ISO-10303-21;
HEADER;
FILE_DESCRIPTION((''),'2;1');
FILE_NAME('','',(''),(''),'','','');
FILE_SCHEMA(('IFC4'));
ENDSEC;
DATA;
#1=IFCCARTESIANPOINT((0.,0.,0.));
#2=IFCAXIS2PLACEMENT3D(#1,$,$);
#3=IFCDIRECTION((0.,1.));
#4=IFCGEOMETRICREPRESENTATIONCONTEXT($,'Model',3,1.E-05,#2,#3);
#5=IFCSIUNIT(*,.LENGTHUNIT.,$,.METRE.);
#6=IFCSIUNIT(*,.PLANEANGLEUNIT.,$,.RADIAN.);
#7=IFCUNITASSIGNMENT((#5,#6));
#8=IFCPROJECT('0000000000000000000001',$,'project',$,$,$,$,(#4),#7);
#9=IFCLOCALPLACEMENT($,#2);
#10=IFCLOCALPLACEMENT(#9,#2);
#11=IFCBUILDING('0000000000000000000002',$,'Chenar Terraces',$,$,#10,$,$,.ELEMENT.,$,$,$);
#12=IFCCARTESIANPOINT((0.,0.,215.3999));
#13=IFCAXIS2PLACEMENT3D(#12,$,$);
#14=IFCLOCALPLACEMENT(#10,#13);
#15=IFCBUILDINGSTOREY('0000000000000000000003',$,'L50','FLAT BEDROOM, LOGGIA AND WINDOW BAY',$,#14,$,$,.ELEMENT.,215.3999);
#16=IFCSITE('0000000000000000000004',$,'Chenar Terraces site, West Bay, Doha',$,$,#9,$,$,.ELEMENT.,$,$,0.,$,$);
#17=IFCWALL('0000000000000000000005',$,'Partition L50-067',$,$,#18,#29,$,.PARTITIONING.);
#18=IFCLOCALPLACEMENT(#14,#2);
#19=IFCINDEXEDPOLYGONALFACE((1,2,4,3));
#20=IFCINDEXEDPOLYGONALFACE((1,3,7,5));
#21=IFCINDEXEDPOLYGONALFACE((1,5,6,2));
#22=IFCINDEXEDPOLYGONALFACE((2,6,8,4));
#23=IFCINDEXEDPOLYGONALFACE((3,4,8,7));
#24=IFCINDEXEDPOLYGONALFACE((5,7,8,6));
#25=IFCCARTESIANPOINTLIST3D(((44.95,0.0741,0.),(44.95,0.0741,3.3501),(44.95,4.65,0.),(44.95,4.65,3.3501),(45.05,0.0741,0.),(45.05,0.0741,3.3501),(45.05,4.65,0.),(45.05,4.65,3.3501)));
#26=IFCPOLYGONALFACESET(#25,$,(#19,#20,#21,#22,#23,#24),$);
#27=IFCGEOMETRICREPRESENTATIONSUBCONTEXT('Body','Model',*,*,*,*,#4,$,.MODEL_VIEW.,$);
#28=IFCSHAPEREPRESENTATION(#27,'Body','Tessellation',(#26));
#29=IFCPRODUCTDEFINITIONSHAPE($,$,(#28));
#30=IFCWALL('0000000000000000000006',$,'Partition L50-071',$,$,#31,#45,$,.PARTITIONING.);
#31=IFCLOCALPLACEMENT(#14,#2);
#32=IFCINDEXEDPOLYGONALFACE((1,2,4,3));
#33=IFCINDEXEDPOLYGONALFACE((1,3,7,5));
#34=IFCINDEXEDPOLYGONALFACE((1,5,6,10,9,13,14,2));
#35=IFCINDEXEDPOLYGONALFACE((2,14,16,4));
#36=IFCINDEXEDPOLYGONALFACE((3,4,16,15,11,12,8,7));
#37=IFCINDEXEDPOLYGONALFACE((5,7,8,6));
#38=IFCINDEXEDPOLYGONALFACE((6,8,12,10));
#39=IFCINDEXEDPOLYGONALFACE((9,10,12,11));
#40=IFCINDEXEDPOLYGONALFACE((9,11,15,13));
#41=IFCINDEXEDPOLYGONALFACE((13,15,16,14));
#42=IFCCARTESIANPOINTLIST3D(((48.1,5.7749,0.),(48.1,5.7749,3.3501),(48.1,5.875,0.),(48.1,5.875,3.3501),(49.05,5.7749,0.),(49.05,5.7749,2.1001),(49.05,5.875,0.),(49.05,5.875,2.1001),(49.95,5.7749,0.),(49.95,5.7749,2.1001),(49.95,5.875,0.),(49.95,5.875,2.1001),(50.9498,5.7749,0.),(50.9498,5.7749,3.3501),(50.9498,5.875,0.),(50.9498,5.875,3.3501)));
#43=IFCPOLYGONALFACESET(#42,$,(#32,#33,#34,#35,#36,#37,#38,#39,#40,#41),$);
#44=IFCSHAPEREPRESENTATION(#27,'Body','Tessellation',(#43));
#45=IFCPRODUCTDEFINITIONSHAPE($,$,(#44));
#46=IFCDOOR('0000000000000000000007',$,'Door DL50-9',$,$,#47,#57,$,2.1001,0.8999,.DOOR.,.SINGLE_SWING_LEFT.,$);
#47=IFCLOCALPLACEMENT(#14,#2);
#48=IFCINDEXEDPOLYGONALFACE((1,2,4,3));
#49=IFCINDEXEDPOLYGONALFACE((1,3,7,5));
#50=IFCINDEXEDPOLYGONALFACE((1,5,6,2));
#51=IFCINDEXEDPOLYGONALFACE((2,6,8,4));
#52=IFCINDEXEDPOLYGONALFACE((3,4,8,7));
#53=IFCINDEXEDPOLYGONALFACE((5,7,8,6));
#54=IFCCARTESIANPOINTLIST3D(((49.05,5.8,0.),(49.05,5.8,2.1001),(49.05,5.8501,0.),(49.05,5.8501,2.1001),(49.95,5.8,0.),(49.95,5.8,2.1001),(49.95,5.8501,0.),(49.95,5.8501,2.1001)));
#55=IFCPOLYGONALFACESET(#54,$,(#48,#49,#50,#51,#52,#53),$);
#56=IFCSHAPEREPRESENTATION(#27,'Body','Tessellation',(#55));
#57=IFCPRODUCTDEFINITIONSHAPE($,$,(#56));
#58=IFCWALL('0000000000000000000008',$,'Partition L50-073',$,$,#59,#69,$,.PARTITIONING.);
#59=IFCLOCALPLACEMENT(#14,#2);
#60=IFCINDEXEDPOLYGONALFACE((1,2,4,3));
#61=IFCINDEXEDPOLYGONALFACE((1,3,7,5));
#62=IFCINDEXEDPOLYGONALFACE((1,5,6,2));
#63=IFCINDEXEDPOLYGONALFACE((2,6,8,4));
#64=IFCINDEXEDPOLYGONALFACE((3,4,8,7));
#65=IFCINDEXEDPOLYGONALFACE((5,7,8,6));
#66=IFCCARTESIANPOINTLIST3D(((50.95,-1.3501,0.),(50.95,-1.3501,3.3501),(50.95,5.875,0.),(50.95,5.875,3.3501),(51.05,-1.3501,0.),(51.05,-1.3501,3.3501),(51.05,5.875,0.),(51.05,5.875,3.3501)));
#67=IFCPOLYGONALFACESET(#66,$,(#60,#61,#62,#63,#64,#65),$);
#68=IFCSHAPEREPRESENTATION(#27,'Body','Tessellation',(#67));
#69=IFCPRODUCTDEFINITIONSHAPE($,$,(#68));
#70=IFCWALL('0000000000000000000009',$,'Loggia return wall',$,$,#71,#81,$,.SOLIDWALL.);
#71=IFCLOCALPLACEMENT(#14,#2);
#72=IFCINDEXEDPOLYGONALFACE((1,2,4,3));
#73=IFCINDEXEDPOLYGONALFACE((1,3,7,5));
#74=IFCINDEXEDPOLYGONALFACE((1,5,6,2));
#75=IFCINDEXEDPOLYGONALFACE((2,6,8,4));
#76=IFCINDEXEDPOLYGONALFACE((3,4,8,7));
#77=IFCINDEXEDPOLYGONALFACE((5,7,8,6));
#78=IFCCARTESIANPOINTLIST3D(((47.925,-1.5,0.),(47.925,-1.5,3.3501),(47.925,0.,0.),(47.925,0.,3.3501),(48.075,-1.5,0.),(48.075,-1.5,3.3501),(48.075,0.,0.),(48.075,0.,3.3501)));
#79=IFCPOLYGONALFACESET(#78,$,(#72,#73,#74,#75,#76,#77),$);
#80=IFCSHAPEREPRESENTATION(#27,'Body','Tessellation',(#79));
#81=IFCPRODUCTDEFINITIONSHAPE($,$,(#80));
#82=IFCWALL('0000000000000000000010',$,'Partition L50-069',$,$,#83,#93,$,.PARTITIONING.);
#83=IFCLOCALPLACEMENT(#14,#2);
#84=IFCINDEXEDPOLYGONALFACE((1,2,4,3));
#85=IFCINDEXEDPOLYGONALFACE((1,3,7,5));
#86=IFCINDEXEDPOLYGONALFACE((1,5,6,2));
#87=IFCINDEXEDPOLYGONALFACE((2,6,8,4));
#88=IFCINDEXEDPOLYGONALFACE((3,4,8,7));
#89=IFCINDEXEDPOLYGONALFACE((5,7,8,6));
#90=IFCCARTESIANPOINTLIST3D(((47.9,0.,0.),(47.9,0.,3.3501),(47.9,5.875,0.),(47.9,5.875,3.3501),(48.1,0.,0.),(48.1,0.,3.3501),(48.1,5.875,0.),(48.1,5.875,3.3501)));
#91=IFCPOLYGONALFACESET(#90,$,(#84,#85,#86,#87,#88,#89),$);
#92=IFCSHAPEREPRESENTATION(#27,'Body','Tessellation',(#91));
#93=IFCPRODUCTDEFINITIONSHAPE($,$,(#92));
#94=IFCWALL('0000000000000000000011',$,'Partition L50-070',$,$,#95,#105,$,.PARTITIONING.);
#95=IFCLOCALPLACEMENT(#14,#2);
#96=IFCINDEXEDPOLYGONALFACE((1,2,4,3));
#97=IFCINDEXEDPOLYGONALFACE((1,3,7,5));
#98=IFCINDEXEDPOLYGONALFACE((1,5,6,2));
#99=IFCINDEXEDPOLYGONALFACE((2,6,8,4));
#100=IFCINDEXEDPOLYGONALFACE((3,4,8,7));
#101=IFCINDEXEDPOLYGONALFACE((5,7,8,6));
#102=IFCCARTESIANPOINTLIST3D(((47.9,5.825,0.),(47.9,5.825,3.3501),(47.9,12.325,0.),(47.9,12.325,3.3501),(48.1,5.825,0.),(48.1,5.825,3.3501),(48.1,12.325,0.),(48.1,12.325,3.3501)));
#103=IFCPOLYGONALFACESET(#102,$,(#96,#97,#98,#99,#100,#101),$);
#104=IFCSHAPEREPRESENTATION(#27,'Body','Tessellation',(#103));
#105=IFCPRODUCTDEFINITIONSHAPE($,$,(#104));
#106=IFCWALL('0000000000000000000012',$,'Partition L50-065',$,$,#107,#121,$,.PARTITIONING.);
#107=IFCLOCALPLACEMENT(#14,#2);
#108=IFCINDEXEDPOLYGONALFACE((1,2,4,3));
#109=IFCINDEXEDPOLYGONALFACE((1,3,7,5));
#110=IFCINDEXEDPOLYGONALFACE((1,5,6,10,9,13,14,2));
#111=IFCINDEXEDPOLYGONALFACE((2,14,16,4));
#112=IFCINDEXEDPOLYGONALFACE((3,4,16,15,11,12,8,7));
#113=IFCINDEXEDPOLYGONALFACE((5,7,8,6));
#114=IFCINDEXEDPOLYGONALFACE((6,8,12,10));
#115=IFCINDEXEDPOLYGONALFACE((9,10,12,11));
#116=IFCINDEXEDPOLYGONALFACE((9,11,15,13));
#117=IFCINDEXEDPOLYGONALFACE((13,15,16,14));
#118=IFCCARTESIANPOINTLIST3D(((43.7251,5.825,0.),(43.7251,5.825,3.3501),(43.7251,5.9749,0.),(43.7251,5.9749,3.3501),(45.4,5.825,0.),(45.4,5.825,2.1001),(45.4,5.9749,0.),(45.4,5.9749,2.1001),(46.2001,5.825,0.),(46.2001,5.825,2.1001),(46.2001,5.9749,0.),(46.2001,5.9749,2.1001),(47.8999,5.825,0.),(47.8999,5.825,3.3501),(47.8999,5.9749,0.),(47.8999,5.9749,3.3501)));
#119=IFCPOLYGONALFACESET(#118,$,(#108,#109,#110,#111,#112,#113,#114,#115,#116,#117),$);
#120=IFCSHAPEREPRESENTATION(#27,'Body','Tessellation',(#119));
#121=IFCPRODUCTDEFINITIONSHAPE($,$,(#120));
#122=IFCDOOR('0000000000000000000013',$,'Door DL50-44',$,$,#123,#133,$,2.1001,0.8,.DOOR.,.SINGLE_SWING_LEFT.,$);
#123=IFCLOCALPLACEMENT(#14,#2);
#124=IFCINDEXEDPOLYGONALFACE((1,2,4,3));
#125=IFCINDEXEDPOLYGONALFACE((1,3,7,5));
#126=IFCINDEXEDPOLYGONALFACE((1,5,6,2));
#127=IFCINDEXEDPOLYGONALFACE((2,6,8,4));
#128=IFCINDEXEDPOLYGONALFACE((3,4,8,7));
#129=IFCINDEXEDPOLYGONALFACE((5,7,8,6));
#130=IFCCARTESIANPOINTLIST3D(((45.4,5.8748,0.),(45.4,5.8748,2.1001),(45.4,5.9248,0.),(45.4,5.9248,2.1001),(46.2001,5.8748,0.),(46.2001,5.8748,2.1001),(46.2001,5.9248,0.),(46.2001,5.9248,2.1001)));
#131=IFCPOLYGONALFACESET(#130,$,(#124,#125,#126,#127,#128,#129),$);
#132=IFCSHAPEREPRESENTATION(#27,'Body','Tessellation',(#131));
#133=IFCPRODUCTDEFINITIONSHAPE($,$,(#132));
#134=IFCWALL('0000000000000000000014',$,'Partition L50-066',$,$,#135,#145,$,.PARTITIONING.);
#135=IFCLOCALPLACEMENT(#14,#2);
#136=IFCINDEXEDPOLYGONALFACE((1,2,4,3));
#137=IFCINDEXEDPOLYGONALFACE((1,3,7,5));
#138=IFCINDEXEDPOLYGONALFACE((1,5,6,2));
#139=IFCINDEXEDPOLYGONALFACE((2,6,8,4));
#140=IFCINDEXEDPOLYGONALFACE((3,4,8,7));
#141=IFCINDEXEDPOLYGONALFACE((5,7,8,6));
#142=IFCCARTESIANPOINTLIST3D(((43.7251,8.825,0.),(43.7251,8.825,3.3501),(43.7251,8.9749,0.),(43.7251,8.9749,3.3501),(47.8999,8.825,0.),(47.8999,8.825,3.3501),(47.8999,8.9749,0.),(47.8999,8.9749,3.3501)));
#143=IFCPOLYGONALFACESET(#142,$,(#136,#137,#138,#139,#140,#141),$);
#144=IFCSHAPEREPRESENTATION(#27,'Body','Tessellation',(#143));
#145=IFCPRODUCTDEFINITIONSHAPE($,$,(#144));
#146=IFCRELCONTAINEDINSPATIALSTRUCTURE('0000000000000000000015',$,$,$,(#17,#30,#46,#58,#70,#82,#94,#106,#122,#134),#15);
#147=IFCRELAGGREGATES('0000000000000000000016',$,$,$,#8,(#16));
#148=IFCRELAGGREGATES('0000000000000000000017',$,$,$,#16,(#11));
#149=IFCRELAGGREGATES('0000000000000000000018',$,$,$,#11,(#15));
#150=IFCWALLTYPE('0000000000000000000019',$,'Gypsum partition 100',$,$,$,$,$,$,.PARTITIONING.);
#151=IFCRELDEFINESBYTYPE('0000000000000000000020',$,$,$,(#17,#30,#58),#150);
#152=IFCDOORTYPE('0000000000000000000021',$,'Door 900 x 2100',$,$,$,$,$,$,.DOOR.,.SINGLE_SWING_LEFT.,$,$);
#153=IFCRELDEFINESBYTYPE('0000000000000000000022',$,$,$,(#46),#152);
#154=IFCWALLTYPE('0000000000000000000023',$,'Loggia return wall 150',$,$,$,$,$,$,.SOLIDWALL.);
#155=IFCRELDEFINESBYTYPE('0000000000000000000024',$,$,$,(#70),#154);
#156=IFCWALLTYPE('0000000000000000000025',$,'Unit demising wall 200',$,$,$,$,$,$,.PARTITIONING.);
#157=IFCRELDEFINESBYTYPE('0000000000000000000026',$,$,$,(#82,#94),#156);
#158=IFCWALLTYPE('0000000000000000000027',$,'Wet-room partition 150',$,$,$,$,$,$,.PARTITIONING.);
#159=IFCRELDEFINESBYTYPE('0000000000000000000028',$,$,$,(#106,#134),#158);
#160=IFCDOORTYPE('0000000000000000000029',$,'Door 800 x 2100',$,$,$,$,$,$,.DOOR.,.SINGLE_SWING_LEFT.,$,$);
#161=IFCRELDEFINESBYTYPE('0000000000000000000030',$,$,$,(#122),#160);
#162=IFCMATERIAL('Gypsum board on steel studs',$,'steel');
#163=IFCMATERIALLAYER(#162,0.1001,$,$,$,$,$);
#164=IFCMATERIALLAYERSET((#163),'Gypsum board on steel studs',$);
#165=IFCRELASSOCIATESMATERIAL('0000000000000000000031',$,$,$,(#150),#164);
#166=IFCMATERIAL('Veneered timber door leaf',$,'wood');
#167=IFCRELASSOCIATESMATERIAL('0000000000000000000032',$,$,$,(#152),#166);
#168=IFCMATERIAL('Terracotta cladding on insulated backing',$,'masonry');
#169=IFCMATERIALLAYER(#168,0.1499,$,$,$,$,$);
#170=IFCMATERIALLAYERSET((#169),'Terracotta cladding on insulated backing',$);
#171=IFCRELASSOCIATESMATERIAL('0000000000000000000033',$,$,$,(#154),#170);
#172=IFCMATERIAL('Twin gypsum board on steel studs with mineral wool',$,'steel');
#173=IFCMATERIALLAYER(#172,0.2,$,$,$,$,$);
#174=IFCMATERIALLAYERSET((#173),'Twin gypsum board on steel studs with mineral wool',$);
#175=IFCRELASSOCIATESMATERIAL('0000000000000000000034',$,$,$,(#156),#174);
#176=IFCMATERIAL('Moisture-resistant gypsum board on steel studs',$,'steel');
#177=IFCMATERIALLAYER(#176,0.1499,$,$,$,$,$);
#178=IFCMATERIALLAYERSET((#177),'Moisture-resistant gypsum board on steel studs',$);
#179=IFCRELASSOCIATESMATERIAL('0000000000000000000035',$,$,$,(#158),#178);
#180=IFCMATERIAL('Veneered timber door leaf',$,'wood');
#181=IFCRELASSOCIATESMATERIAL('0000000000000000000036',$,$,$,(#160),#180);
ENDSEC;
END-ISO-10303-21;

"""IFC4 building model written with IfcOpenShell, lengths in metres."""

from ifc_helpers import new_model, si_unit, direction, frame, frame_2d, origin, place, context, subcontext, project, spatial, rectangle, extrude, material, layer, layer_set, type_object, element, fill, save


model = new_model("IFC4")

# Units and contexts
model_context = context("Model", 3, precision=1e-05, world=origin(), true_north=direction((0.0, 1.0)))
body_context = subcontext(model_context, "Body", "Model", "MODEL_VIEW")
ifc_project = project(units=[si_unit("LENGTHUNIT", "METRE"), si_unit("PLANEANGLEUNIT", "RADIAN")], contexts=[model_context])

# Site, building, storey
site_placement = place(None, origin())
site = spatial("IfcSite", under=ifc_project, at=site_placement, Name="Chenar Terraces site, West Bay, Doha", CompositionType="ELEMENT", RefElevation=0.0)
building_placement = place(site_placement, origin())
building = spatial("IfcBuilding", under=site, at=building_placement, Name="Chenar Terraces", CompositionType="ELEMENT")
storey_placement = place(building_placement, frame((0.0, 0.0, 215.3999)))
storey = spatial("IfcBuildingStorey", under=building, at=storey_placement, Name="L50", Description="FLAT BEDROOM, LOGGIA AND WINDOW BAY", CompositionType="ELEMENT", Elevation=215.3999)

# Wall
ifc_material_1 = material(Name="Gypsum board on steel studs", Category="steel")
ifc_layer_1 = layer(ifc_material_1, 0.1001)
ifc_layer_set_1 = layer_set([ifc_layer_1], Name="Gypsum board on steel studs")
wall_type_1 = type_object("IfcWallType", Name="Gypsum partition 100", PredefinedType="PARTITIONING", material=ifc_layer_set_1)
wall_1_placement = place(storey_placement, frame((45.0, 0.074, 0.0), z_axis=(0.0, 0.0, 1.0), x_axis=(0.0, 1.0, 0.0)))
element("IfcWall", 1, at=wall_1_placement, inside=storey, type_object=wall_type_1, Name="Partition L50-067", PredefinedType="PARTITIONING", context=body_context, shape_type="SweptSolid", body=[
    extrude(rectangle(XDim=4.5759, YDim=0.1001, at=frame_2d((2.2881, 0.0))), origin(), (0.0, 0.0, 1.0), 3.3501),
])

# Wall, opening, door
wall_2_placement = place(storey_placement, frame((48.1001, 5.825, 0.0), z_axis=(0.0, 0.0, 1.0), x_axis=(1.0, 0.0, 0.0)))
wall_2 = element("IfcWall", 2, at=wall_2_placement, inside=storey, type_object=wall_type_1, Name="Partition L50-071", PredefinedType="PARTITIONING", context=body_context, shape_type="SweptSolid", body=[
    extrude(rectangle(XDim=2.8499, YDim=0.1001, at=frame_2d((1.4248, 0.0))), origin(), (0.0, 0.0, 1.0), 3.3501),
])
opening_1_placement = place(wall_2_placement, frame((0.95, 0.0, 0.0)))
opening_1 = element("IfcOpeningElement", 3, at=opening_1_placement, cuts=wall_2, PredefinedType="OPENING", context=body_context, shape_type="SweptSolid", body=[
    extrude(rectangle(XDim=0.8999, YDim=2.1001, at=frame_2d((0.45, 1.05))), frame((0.0, 0.0601, 0.0), z_axis=(0.0, -1.0, 0.0), x_axis=(1.0, 0.0, 0.0)), (0.0, 0.0, 1.0), 0.1201),
])
ifc_material_2 = material(Name="Veneered timber door leaf", Category="wood")
door_type_1 = type_object("IfcDoorType", Name="Door 900 x 2100", OperationType="SINGLE_SWING_LEFT", PredefinedType="DOOR", material=ifc_material_2)
door_1_placement = place(opening_1_placement, frame((0.8999, 0.0, 0.0), z_axis=(0.0, 0.0, 1.0), x_axis=(-1.0, 0.0, 0.0)))
door_1 = element("IfcDoor", 4, at=door_1_placement, inside=storey, type_object=door_type_1, Name="Door DL50-9", OperationType="SINGLE_SWING_LEFT", OverallHeight=2.1001, OverallWidth=0.8999, PredefinedType="DOOR", context=body_context, shape_type="SweptSolid", body=[
    extrude(rectangle(XDim=0.8999, YDim=2.1001, at=frame_2d((0.45, 1.05))), frame((0.0, 0.0249, 0.0), z_axis=(0.0, -1.0, 0.0), x_axis=(1.0, 0.0, 0.0)), (0.0, 0.0, 1.0), 0.05),
])
fill(opening_1, door_1)

# Walls
wall_3_placement = place(storey_placement, frame((51.0, -1.3501, 0.0), z_axis=(0.0, 0.0, 1.0), x_axis=(0.0, 1.0, 0.0)))
element("IfcWall", 5, at=wall_3_placement, inside=storey, type_object=wall_type_1, Name="Partition L50-073", PredefinedType="PARTITIONING", context=body_context, shape_type="SweptSolid", body=[
    extrude(rectangle(XDim=7.2251, YDim=0.1001, at=frame_2d((3.6125, 0.0))), origin(), (0.0, 0.0, 1.0), 3.3501),
])
ifc_material_3 = material(Name="Terracotta cladding on insulated backing", Category="masonry")
ifc_layer_2 = layer(ifc_material_3, 0.1499)
ifc_layer_set_2 = layer_set([ifc_layer_2], Name="Terracotta cladding on insulated backing")
wall_type_2 = type_object("IfcWallType", Name="Loggia return wall 150", PredefinedType="SOLIDWALL", material=ifc_layer_set_2)
wall_4_placement = place(storey_placement, frame((48.0, -1.5, 0.0), z_axis=(0.0, 0.0, 1.0), x_axis=(0.0, 1.0, 0.0)))
element("IfcWall", 6, at=wall_4_placement, inside=storey, type_object=wall_type_2, Name="Loggia return wall", PredefinedType="SOLIDWALL", context=body_context, shape_type="SweptSolid", body=[
    extrude(rectangle(XDim=1.5, YDim=0.1499, at=frame_2d((0.75, 0.0))), origin(), (0.0, 0.0, 1.0), 3.3501),
])
ifc_material_4 = material(Name="Twin gypsum board on steel studs with mineral wool", Category="steel")
ifc_layer_3 = layer(ifc_material_4, 0.2)
ifc_layer_set_3 = layer_set([ifc_layer_3], Name="Twin gypsum board on steel studs with mineral wool")
wall_type_3 = type_object("IfcWallType", Name="Unit demising wall 200", PredefinedType="PARTITIONING", material=ifc_layer_set_3)
wall_5_placement = place(storey_placement, frame((48.0, 0.0, 0.0), z_axis=(0.0, 0.0, 1.0), x_axis=(0.0, 1.0, 0.0)))
element("IfcWall", 7, at=wall_5_placement, inside=storey, type_object=wall_type_3, Name="Partition L50-069", PredefinedType="PARTITIONING", context=body_context, shape_type="SweptSolid", body=[
    extrude(rectangle(XDim=5.875, YDim=0.2, at=frame_2d((2.9375, 0.0))), origin(), (0.0, 0.0, 1.0), 3.3501),
])
wall_6_placement = place(storey_placement, frame((48.0, 5.825, 0.0), z_axis=(0.0, 0.0, 1.0), x_axis=(0.0, 1.0, 0.0)))
element("IfcWall", 8, at=wall_6_placement, inside=storey, type_object=wall_type_3, Name="Partition L50-070", PredefinedType="PARTITIONING", context=body_context, shape_type="SweptSolid", body=[
    extrude(rectangle(XDim=6.5, YDim=0.2, at=frame_2d((3.25, 0.0))), origin(), (0.0, 0.0, 1.0), 3.3501),
])

# Wall, opening, door
ifc_material_5 = material(Name="Moisture-resistant gypsum board on steel studs", Category="steel")
ifc_layer_4 = layer(ifc_material_5, 0.1499)
ifc_layer_set_4 = layer_set([ifc_layer_4], Name="Moisture-resistant gypsum board on steel studs")
wall_type_4 = type_object("IfcWallType", Name="Wet-room partition 150", PredefinedType="PARTITIONING", material=ifc_layer_set_4)
wall_7_placement = place(storey_placement, frame((43.7251, 5.8999, 0.0), z_axis=(0.0, 0.0, 1.0), x_axis=(1.0, 0.0, 0.0)))
wall_7 = element("IfcWall", 9, at=wall_7_placement, inside=storey, type_object=wall_type_4, Name="Partition L50-065", PredefinedType="PARTITIONING", context=body_context, shape_type="SweptSolid", body=[
    extrude(rectangle(XDim=4.1748, YDim=0.1499, at=frame_2d((2.0874, 0.0))), origin(), (0.0, 0.0, 1.0), 3.3501),
])
opening_2_placement = place(wall_7_placement, frame((1.675, 0.0, 0.0)))
opening_2 = element("IfcOpeningElement", 10, at=opening_2_placement, cuts=wall_7, PredefinedType="OPENING", context=body_context, shape_type="SweptSolid", body=[
    extrude(rectangle(XDim=0.8, YDim=2.1001, at=frame_2d((0.3999, 1.05))), frame((0.0, 0.085, 0.0), z_axis=(0.0, -1.0, 0.0), x_axis=(1.0, 0.0, 0.0)), (0.0, 0.0, 1.0), 0.1699),
])
ifc_material_6 = material(Name="Veneered timber door leaf", Category="wood")
door_type_2 = type_object("IfcDoorType", Name="Door 800 x 2100", OperationType="SINGLE_SWING_LEFT", PredefinedType="DOOR", material=ifc_material_6)
door_2_placement = place(opening_2_placement, origin())
door_2 = element("IfcDoor", 11, at=door_2_placement, inside=storey, type_object=door_type_2, Name="Door DL50-44", OperationType="SINGLE_SWING_LEFT", OverallHeight=2.1001, OverallWidth=0.8, PredefinedType="DOOR", context=body_context, shape_type="SweptSolid", body=[
    extrude(rectangle(XDim=0.8, YDim=2.1001, at=frame_2d((0.3999, 1.05))), frame((0.0, 0.0249, 0.0), z_axis=(0.0, -1.0, 0.0), x_axis=(1.0, 0.0, 0.0)), (0.0, 0.0, 1.0), 0.05),
])
fill(opening_2, door_2)

# Wall
wall_8_placement = place(storey_placement, frame((43.7251, 8.8999, 0.0), z_axis=(0.0, 0.0, 1.0), x_axis=(1.0, 0.0, 0.0)))
element("IfcWall", 12, at=wall_8_placement, inside=storey, type_object=wall_type_4, Name="Partition L50-066", PredefinedType="PARTITIONING", context=body_context, shape_type="SweptSolid", body=[
    extrude(rectangle(XDim=4.1748, YDim=0.1499, at=frame_2d((2.0874, 0.0))), origin(), (0.0, 0.0, 1.0), 3.3501),
])

save(model, "model.ifc")
